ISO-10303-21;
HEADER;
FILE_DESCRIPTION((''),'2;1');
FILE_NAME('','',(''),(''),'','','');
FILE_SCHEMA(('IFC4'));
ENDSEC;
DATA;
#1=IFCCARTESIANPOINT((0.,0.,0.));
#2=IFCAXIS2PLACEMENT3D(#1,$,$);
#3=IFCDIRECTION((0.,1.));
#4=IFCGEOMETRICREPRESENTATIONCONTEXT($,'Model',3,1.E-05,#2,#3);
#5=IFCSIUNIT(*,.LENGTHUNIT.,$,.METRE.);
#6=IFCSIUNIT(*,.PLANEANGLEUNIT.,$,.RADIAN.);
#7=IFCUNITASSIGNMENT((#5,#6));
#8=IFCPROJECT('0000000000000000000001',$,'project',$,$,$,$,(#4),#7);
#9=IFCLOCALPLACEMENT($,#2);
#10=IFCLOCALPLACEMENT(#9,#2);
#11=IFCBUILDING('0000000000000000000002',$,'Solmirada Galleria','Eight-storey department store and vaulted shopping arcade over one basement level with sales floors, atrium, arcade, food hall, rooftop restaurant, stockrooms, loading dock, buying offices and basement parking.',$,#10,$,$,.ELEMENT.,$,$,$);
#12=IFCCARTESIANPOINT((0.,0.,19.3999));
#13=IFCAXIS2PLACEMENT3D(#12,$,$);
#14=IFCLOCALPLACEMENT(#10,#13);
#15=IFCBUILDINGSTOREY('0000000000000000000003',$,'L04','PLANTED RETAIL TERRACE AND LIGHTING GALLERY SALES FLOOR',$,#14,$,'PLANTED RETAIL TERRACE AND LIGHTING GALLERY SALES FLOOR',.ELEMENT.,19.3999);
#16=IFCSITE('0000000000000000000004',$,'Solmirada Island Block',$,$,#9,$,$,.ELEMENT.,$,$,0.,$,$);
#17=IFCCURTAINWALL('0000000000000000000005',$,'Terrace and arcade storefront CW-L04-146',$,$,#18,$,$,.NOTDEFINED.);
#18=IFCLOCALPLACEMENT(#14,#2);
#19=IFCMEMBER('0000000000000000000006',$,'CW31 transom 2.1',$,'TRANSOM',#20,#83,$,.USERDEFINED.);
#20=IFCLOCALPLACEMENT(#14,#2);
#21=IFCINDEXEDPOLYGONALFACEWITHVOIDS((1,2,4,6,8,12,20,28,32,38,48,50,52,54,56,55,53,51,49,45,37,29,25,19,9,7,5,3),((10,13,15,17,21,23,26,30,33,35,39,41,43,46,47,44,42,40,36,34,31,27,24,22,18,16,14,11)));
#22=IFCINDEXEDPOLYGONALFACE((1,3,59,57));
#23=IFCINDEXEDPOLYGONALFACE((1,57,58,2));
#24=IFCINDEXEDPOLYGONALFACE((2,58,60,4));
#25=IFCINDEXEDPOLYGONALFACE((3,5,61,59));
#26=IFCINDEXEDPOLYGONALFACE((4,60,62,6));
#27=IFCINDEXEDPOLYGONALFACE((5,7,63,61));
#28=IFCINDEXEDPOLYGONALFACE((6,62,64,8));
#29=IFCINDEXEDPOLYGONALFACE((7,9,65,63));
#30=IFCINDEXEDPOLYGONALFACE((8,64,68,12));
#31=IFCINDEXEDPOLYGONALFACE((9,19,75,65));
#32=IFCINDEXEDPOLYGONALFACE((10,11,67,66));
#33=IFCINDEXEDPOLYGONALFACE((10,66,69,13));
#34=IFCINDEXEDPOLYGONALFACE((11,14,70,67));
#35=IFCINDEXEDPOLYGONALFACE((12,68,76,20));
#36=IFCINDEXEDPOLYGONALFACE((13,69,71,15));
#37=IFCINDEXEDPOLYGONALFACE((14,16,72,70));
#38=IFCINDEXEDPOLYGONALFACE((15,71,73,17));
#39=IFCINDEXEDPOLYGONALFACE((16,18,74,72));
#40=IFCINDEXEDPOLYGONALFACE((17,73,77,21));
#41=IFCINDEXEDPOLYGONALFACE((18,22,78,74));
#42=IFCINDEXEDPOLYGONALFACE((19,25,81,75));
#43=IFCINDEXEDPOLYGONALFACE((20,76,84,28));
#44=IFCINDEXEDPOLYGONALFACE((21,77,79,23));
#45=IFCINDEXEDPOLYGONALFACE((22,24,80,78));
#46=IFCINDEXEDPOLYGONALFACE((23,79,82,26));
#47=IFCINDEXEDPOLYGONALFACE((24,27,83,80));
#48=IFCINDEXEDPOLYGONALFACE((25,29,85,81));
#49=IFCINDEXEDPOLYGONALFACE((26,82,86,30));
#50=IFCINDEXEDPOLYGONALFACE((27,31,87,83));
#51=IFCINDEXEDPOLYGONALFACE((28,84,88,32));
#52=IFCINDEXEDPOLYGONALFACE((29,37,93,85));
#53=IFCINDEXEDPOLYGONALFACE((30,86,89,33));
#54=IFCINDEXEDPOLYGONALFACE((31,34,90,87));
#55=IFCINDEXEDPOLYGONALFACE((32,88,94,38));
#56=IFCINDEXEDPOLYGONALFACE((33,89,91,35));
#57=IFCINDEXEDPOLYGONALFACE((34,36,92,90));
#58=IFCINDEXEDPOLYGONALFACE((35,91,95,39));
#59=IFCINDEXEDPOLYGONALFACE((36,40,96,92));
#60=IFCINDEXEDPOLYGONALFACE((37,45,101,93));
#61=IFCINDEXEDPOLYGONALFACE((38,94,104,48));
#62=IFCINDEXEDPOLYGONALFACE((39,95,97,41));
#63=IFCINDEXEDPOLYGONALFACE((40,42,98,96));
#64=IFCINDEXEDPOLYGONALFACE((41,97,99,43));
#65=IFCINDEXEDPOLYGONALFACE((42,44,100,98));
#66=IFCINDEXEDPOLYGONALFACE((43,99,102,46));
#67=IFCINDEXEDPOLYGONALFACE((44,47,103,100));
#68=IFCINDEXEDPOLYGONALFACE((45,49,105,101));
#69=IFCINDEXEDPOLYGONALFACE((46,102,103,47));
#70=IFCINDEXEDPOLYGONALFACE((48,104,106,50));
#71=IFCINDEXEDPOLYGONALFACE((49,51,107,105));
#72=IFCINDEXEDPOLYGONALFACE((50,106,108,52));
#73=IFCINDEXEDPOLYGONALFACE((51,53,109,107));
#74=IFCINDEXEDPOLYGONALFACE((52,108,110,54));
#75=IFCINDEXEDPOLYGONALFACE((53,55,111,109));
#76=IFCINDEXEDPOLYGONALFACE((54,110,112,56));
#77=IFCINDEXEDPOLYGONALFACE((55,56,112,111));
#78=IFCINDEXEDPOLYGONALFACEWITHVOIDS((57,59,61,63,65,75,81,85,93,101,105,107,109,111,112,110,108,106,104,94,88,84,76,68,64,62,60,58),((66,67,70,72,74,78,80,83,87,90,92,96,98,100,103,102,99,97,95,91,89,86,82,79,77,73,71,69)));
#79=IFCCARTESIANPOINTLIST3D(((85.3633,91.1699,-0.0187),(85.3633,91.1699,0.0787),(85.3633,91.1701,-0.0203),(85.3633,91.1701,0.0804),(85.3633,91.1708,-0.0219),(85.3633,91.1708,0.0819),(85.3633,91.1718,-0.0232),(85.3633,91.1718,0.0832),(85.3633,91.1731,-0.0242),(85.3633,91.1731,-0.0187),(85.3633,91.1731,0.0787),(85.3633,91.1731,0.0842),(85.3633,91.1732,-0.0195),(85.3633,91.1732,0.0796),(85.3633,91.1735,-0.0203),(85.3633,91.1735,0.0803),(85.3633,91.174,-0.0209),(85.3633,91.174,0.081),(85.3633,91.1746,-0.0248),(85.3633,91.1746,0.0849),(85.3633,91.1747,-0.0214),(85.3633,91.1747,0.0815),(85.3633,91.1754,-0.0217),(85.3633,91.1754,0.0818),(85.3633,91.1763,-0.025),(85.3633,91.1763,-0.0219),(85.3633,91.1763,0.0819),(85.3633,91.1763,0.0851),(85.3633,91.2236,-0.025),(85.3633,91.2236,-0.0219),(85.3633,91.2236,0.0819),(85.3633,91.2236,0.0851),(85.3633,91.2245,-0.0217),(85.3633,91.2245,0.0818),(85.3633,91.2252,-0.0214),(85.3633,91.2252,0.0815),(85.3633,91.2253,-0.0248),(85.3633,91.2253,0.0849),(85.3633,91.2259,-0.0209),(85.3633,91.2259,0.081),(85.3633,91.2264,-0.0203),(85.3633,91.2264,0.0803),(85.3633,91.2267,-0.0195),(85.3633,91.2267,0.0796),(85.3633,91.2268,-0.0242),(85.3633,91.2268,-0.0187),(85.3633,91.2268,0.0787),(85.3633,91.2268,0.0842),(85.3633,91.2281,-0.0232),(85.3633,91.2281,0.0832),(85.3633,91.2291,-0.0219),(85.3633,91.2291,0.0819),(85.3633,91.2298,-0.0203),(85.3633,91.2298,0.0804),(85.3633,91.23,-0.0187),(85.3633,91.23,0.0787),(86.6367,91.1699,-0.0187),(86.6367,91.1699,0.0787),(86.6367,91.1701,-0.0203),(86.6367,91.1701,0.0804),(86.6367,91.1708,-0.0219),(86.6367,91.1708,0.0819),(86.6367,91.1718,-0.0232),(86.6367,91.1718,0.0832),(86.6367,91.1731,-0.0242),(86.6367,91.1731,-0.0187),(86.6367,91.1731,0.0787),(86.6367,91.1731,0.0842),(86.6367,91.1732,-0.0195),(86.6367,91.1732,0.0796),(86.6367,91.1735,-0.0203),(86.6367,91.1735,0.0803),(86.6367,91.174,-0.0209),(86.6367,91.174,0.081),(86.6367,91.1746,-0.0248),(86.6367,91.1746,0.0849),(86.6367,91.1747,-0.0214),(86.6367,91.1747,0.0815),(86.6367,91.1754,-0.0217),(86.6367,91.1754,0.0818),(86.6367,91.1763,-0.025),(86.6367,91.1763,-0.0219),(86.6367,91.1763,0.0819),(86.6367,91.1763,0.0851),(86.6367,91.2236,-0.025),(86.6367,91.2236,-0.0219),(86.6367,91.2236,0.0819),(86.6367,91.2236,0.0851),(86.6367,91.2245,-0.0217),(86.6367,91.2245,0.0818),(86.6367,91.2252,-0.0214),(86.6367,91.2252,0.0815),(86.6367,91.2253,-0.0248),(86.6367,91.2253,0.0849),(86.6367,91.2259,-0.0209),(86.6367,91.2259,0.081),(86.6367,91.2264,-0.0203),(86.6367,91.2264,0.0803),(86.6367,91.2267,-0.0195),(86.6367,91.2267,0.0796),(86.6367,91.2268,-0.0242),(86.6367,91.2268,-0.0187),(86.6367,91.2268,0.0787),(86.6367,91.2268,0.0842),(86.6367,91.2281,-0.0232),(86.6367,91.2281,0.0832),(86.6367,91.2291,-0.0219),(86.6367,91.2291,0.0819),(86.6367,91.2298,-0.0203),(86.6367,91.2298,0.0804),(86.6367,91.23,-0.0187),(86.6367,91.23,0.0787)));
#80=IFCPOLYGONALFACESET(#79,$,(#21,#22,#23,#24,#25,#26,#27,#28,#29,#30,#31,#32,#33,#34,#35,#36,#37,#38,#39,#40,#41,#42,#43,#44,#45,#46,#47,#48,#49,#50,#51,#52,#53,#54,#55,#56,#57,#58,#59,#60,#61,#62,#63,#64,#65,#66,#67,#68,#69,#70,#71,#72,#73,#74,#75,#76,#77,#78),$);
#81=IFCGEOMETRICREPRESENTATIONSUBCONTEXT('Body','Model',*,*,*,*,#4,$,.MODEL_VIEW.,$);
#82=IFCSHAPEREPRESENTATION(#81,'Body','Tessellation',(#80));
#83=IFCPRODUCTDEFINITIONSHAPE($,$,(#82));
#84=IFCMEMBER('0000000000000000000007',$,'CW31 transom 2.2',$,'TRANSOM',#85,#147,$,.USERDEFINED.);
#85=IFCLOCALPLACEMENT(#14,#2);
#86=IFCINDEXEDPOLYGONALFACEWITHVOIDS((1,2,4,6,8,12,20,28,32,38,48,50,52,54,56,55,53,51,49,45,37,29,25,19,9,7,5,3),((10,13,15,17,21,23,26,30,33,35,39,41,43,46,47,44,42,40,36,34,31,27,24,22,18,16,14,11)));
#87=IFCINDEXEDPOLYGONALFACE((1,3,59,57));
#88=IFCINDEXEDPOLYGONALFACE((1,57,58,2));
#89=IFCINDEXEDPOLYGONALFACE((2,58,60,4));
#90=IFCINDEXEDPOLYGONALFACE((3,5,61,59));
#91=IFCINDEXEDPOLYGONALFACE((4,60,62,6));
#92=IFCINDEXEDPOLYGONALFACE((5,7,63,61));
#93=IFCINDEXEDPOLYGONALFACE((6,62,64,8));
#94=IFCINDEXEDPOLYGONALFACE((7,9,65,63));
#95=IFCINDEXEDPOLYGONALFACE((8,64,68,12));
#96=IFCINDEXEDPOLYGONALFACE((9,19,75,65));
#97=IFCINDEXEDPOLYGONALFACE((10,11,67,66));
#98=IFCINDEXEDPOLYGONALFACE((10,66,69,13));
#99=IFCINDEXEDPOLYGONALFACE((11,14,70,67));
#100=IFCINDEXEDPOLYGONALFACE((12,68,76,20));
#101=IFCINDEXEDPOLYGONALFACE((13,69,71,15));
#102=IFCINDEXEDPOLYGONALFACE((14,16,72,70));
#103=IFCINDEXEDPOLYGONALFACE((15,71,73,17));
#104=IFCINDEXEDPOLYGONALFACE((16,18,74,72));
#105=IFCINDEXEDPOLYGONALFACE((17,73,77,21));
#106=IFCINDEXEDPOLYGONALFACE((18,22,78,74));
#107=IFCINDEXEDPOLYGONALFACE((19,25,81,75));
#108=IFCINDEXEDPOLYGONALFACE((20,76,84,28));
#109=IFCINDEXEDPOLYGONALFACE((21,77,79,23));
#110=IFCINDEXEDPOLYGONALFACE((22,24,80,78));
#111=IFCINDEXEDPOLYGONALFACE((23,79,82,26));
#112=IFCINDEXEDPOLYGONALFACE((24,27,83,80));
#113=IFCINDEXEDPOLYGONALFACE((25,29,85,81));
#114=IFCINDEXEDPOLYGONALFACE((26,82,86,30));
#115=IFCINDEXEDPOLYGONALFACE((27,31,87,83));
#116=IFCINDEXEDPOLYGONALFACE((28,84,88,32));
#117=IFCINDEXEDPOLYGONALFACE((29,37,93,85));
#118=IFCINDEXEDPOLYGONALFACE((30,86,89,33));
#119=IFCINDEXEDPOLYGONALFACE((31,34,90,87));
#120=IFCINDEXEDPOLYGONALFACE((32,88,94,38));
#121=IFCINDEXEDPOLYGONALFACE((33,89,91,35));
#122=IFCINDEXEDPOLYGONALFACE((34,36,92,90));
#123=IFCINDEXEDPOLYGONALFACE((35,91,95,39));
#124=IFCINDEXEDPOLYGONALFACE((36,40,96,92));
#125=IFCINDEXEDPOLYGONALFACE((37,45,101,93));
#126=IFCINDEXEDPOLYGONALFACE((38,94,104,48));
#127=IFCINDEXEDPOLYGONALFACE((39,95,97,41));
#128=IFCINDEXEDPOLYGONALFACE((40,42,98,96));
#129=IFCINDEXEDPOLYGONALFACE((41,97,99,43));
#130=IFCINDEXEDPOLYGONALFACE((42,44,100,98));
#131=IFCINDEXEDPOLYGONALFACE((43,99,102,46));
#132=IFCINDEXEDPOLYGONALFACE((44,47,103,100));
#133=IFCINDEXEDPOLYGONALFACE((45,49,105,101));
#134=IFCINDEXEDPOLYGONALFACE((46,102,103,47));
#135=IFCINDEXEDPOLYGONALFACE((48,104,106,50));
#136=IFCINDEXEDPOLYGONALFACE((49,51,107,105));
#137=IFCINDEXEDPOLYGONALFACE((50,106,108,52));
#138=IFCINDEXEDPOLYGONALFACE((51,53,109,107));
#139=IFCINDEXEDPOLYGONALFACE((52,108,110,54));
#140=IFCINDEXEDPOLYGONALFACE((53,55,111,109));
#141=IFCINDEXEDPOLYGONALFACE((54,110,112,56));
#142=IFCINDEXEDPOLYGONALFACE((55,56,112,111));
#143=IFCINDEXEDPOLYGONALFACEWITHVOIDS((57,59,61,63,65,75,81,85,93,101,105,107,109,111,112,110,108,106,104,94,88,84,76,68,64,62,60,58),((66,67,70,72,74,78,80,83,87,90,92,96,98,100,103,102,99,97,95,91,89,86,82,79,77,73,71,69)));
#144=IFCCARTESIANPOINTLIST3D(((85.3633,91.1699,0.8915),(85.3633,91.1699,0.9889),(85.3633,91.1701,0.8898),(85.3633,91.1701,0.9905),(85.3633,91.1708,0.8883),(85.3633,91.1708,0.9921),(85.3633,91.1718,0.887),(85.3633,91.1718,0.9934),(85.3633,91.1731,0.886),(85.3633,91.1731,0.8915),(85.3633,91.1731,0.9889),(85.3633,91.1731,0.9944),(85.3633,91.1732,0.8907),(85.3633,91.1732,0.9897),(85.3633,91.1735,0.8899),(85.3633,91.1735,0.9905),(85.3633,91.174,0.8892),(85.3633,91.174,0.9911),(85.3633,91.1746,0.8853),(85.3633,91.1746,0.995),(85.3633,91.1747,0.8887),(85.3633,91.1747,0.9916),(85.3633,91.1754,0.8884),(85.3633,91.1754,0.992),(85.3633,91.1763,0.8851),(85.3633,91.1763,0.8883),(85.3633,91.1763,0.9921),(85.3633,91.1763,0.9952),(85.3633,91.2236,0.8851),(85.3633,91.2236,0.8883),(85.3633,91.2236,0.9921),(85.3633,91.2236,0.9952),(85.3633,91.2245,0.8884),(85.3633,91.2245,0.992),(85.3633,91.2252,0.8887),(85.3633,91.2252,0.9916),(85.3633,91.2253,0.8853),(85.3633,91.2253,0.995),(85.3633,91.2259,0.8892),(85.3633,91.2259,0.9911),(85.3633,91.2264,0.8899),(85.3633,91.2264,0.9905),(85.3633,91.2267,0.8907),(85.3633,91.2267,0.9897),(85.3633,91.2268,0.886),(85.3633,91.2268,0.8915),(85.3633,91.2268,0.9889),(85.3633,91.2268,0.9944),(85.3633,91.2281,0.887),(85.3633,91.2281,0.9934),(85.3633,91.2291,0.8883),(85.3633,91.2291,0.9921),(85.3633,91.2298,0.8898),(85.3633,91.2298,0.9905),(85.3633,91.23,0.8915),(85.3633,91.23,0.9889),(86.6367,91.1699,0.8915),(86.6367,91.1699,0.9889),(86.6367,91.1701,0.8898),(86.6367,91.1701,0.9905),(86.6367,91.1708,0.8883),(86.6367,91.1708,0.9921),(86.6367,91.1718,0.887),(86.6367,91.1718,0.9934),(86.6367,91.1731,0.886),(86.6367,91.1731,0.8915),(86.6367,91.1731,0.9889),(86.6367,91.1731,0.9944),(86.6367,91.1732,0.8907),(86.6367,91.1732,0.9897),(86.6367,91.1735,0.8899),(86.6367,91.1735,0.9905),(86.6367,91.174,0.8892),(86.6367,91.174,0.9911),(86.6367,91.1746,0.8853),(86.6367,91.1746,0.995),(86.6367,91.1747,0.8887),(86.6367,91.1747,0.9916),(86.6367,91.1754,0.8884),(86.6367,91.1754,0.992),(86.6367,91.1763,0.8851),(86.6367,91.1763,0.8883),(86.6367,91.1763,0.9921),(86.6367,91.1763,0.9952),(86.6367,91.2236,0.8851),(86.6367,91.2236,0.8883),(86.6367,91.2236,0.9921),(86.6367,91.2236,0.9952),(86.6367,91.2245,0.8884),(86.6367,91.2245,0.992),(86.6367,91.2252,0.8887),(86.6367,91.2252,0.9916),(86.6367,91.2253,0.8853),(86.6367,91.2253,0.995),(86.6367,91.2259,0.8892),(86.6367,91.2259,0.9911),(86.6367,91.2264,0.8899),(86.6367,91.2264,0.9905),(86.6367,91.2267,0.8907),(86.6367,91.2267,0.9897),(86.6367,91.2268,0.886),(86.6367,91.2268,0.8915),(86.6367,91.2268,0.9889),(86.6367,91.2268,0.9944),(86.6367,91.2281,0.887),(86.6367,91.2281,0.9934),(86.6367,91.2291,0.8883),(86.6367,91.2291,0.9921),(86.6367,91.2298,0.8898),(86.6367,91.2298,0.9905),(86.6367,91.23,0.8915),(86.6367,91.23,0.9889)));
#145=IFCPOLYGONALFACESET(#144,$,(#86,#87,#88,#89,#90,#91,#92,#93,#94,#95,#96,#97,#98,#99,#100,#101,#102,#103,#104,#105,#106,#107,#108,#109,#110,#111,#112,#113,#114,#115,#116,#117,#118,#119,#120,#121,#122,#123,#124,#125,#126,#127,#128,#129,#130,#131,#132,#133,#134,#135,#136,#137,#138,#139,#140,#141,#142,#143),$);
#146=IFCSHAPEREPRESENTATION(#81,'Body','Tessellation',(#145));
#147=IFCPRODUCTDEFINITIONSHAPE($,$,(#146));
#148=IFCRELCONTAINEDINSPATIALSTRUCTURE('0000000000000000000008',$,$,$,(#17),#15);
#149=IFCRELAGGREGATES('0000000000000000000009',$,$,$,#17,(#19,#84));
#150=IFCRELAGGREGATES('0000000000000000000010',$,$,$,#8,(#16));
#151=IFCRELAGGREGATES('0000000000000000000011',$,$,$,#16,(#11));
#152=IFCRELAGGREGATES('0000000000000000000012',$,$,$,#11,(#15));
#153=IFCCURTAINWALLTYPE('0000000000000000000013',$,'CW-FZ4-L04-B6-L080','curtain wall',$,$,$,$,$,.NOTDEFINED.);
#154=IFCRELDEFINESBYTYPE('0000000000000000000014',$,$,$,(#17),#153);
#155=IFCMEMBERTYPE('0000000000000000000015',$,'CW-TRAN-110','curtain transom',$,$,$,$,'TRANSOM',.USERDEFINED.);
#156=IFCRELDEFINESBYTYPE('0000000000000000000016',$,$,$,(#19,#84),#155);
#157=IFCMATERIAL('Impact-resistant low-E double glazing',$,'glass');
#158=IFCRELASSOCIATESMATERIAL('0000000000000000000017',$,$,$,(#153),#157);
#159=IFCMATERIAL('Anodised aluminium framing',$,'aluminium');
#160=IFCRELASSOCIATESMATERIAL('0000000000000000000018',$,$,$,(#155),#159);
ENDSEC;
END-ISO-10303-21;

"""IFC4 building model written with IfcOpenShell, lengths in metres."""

from ifc_helpers import new_model, si_unit, direction, frame, origin, origin_2d, place, context, subcontext, project, spatial, hollow_rectangle, extrude, material, material_profile, profile_set, type_object, element, aggregate, save


model = new_model("IFC4")

# Units and contexts
model_context = context("Model", 3, precision=1e-05, world=origin(), true_north=direction((0.0, 1.0)))
body_context = subcontext(model_context, "Body", "Model", "MODEL_VIEW")
ifc_project = project(units=[si_unit("LENGTHUNIT", "METRE"), si_unit("PLANEANGLEUNIT", "RADIAN")], contexts=[model_context])

# Site, building, storey
site_placement = place(None, origin())
site = spatial("IfcSite", under=ifc_project, at=site_placement, Name="Solmirada Island Block", CompositionType="ELEMENT", RefElevation=0.0)
building_placement = place(site_placement, origin())
building = spatial("IfcBuilding", under=site, at=building_placement, Name="Solmirada Galleria", Description="Eight-storey department store and vaulted shopping arcade over one basement level with sales floors, atrium, arcade, food hall, rooftop restaurant, stockrooms, loading dock, buying offices and basement parking.", CompositionType="ELEMENT")
storey_placement = place(building_placement, frame((0.0, 0.0, 19.3999)))
storey = spatial("IfcBuildingStorey", under=building, at=storey_placement, Name="L04", Description="PLANTED RETAIL TERRACE AND LIGHTING GALLERY SALES FLOOR", LongName="PLANTED RETAIL TERRACE AND LIGHTING GALLERY SALES FLOOR", CompositionType="ELEMENT", Elevation=19.3999)

# Curtain wall
ifc_material_1 = material(Name="Impact-resistant low-E double glazing", Category="glass")
curtain_wall_type = type_object("IfcCurtainWallType", Name="CW-FZ4-L04-B6-L080", Description="curtain wall", PredefinedType="NOTDEFINED", material=ifc_material_1)
curtain_wall_1_placement = place(storey_placement, origin())
curtain_wall_1 = element("IfcCurtainWall", 1, at=curtain_wall_1_placement, inside=storey, type_object=curtain_wall_type, Name="Terrace and arcade storefront CW-L04-146", PredefinedType="NOTDEFINED")
ifc_material_2 = material(Name="Anodised aluminium framing", Category="aluminium")

# Members
ifc_material_profile_1 = material_profile(ifc_material_2, hollow_rectangle(XDim=0.0601, YDim=0.1101, WallThickness=0.0032, InnerFilletRadius=0.0032, OuterFilletRadius=0.0063, at=origin_2d()), Name="ALU-TRAN-110X60")
ifc_profile_set_1 = profile_set([ifc_material_profile_1], Name="Anodised aluminium framing")
member_type_1 = type_object("IfcMemberType", Name="CW-TRAN-110", Description="curtain transom", ElementType="TRANSOM", PredefinedType="USERDEFINED", material=ifc_profile_set_1)
member_1_placement = place(storey_placement, frame((86.6367, 91.2, 0.03), z_axis=(-1.0, 0.0, 0.0), x_axis=(0.0, -1.0, 0.0)))
member_1 = element("IfcMember", 2, at=member_1_placement, type_object=member_type_1, Name="CW31 transom 2.1", ObjectType="TRANSOM", PredefinedType="USERDEFINED", context=body_context, shape_type="SweptSolid", body=[
    extrude(hollow_rectangle(XDim=0.0601, YDim=0.1101, WallThickness=0.0032, InnerFilletRadius=0.0032, OuterFilletRadius=0.0063, at=origin_2d()), origin(), (0.0, 0.0, 1.0), 1.2734),
])
member_2_placement = place(storey_placement, frame((86.6367, 91.2, 0.9402), z_axis=(-1.0, 0.0, 0.0), x_axis=(0.0, -1.0, 0.0)))
member_2 = element("IfcMember", 3, at=member_2_placement, type_object=member_type_1, Name="CW31 transom 2.2", ObjectType="TRANSOM", PredefinedType="USERDEFINED", context=body_context, shape_type="SweptSolid", body=[
    extrude(hollow_rectangle(XDim=0.0601, YDim=0.1101, WallThickness=0.0032, InnerFilletRadius=0.0032, OuterFilletRadius=0.0063, at=origin_2d()), origin(), (0.0, 0.0, 1.0), 1.2734),
])

aggregate(curtain_wall_1, [member_1, member_2])

save(model, "model.ifc")
